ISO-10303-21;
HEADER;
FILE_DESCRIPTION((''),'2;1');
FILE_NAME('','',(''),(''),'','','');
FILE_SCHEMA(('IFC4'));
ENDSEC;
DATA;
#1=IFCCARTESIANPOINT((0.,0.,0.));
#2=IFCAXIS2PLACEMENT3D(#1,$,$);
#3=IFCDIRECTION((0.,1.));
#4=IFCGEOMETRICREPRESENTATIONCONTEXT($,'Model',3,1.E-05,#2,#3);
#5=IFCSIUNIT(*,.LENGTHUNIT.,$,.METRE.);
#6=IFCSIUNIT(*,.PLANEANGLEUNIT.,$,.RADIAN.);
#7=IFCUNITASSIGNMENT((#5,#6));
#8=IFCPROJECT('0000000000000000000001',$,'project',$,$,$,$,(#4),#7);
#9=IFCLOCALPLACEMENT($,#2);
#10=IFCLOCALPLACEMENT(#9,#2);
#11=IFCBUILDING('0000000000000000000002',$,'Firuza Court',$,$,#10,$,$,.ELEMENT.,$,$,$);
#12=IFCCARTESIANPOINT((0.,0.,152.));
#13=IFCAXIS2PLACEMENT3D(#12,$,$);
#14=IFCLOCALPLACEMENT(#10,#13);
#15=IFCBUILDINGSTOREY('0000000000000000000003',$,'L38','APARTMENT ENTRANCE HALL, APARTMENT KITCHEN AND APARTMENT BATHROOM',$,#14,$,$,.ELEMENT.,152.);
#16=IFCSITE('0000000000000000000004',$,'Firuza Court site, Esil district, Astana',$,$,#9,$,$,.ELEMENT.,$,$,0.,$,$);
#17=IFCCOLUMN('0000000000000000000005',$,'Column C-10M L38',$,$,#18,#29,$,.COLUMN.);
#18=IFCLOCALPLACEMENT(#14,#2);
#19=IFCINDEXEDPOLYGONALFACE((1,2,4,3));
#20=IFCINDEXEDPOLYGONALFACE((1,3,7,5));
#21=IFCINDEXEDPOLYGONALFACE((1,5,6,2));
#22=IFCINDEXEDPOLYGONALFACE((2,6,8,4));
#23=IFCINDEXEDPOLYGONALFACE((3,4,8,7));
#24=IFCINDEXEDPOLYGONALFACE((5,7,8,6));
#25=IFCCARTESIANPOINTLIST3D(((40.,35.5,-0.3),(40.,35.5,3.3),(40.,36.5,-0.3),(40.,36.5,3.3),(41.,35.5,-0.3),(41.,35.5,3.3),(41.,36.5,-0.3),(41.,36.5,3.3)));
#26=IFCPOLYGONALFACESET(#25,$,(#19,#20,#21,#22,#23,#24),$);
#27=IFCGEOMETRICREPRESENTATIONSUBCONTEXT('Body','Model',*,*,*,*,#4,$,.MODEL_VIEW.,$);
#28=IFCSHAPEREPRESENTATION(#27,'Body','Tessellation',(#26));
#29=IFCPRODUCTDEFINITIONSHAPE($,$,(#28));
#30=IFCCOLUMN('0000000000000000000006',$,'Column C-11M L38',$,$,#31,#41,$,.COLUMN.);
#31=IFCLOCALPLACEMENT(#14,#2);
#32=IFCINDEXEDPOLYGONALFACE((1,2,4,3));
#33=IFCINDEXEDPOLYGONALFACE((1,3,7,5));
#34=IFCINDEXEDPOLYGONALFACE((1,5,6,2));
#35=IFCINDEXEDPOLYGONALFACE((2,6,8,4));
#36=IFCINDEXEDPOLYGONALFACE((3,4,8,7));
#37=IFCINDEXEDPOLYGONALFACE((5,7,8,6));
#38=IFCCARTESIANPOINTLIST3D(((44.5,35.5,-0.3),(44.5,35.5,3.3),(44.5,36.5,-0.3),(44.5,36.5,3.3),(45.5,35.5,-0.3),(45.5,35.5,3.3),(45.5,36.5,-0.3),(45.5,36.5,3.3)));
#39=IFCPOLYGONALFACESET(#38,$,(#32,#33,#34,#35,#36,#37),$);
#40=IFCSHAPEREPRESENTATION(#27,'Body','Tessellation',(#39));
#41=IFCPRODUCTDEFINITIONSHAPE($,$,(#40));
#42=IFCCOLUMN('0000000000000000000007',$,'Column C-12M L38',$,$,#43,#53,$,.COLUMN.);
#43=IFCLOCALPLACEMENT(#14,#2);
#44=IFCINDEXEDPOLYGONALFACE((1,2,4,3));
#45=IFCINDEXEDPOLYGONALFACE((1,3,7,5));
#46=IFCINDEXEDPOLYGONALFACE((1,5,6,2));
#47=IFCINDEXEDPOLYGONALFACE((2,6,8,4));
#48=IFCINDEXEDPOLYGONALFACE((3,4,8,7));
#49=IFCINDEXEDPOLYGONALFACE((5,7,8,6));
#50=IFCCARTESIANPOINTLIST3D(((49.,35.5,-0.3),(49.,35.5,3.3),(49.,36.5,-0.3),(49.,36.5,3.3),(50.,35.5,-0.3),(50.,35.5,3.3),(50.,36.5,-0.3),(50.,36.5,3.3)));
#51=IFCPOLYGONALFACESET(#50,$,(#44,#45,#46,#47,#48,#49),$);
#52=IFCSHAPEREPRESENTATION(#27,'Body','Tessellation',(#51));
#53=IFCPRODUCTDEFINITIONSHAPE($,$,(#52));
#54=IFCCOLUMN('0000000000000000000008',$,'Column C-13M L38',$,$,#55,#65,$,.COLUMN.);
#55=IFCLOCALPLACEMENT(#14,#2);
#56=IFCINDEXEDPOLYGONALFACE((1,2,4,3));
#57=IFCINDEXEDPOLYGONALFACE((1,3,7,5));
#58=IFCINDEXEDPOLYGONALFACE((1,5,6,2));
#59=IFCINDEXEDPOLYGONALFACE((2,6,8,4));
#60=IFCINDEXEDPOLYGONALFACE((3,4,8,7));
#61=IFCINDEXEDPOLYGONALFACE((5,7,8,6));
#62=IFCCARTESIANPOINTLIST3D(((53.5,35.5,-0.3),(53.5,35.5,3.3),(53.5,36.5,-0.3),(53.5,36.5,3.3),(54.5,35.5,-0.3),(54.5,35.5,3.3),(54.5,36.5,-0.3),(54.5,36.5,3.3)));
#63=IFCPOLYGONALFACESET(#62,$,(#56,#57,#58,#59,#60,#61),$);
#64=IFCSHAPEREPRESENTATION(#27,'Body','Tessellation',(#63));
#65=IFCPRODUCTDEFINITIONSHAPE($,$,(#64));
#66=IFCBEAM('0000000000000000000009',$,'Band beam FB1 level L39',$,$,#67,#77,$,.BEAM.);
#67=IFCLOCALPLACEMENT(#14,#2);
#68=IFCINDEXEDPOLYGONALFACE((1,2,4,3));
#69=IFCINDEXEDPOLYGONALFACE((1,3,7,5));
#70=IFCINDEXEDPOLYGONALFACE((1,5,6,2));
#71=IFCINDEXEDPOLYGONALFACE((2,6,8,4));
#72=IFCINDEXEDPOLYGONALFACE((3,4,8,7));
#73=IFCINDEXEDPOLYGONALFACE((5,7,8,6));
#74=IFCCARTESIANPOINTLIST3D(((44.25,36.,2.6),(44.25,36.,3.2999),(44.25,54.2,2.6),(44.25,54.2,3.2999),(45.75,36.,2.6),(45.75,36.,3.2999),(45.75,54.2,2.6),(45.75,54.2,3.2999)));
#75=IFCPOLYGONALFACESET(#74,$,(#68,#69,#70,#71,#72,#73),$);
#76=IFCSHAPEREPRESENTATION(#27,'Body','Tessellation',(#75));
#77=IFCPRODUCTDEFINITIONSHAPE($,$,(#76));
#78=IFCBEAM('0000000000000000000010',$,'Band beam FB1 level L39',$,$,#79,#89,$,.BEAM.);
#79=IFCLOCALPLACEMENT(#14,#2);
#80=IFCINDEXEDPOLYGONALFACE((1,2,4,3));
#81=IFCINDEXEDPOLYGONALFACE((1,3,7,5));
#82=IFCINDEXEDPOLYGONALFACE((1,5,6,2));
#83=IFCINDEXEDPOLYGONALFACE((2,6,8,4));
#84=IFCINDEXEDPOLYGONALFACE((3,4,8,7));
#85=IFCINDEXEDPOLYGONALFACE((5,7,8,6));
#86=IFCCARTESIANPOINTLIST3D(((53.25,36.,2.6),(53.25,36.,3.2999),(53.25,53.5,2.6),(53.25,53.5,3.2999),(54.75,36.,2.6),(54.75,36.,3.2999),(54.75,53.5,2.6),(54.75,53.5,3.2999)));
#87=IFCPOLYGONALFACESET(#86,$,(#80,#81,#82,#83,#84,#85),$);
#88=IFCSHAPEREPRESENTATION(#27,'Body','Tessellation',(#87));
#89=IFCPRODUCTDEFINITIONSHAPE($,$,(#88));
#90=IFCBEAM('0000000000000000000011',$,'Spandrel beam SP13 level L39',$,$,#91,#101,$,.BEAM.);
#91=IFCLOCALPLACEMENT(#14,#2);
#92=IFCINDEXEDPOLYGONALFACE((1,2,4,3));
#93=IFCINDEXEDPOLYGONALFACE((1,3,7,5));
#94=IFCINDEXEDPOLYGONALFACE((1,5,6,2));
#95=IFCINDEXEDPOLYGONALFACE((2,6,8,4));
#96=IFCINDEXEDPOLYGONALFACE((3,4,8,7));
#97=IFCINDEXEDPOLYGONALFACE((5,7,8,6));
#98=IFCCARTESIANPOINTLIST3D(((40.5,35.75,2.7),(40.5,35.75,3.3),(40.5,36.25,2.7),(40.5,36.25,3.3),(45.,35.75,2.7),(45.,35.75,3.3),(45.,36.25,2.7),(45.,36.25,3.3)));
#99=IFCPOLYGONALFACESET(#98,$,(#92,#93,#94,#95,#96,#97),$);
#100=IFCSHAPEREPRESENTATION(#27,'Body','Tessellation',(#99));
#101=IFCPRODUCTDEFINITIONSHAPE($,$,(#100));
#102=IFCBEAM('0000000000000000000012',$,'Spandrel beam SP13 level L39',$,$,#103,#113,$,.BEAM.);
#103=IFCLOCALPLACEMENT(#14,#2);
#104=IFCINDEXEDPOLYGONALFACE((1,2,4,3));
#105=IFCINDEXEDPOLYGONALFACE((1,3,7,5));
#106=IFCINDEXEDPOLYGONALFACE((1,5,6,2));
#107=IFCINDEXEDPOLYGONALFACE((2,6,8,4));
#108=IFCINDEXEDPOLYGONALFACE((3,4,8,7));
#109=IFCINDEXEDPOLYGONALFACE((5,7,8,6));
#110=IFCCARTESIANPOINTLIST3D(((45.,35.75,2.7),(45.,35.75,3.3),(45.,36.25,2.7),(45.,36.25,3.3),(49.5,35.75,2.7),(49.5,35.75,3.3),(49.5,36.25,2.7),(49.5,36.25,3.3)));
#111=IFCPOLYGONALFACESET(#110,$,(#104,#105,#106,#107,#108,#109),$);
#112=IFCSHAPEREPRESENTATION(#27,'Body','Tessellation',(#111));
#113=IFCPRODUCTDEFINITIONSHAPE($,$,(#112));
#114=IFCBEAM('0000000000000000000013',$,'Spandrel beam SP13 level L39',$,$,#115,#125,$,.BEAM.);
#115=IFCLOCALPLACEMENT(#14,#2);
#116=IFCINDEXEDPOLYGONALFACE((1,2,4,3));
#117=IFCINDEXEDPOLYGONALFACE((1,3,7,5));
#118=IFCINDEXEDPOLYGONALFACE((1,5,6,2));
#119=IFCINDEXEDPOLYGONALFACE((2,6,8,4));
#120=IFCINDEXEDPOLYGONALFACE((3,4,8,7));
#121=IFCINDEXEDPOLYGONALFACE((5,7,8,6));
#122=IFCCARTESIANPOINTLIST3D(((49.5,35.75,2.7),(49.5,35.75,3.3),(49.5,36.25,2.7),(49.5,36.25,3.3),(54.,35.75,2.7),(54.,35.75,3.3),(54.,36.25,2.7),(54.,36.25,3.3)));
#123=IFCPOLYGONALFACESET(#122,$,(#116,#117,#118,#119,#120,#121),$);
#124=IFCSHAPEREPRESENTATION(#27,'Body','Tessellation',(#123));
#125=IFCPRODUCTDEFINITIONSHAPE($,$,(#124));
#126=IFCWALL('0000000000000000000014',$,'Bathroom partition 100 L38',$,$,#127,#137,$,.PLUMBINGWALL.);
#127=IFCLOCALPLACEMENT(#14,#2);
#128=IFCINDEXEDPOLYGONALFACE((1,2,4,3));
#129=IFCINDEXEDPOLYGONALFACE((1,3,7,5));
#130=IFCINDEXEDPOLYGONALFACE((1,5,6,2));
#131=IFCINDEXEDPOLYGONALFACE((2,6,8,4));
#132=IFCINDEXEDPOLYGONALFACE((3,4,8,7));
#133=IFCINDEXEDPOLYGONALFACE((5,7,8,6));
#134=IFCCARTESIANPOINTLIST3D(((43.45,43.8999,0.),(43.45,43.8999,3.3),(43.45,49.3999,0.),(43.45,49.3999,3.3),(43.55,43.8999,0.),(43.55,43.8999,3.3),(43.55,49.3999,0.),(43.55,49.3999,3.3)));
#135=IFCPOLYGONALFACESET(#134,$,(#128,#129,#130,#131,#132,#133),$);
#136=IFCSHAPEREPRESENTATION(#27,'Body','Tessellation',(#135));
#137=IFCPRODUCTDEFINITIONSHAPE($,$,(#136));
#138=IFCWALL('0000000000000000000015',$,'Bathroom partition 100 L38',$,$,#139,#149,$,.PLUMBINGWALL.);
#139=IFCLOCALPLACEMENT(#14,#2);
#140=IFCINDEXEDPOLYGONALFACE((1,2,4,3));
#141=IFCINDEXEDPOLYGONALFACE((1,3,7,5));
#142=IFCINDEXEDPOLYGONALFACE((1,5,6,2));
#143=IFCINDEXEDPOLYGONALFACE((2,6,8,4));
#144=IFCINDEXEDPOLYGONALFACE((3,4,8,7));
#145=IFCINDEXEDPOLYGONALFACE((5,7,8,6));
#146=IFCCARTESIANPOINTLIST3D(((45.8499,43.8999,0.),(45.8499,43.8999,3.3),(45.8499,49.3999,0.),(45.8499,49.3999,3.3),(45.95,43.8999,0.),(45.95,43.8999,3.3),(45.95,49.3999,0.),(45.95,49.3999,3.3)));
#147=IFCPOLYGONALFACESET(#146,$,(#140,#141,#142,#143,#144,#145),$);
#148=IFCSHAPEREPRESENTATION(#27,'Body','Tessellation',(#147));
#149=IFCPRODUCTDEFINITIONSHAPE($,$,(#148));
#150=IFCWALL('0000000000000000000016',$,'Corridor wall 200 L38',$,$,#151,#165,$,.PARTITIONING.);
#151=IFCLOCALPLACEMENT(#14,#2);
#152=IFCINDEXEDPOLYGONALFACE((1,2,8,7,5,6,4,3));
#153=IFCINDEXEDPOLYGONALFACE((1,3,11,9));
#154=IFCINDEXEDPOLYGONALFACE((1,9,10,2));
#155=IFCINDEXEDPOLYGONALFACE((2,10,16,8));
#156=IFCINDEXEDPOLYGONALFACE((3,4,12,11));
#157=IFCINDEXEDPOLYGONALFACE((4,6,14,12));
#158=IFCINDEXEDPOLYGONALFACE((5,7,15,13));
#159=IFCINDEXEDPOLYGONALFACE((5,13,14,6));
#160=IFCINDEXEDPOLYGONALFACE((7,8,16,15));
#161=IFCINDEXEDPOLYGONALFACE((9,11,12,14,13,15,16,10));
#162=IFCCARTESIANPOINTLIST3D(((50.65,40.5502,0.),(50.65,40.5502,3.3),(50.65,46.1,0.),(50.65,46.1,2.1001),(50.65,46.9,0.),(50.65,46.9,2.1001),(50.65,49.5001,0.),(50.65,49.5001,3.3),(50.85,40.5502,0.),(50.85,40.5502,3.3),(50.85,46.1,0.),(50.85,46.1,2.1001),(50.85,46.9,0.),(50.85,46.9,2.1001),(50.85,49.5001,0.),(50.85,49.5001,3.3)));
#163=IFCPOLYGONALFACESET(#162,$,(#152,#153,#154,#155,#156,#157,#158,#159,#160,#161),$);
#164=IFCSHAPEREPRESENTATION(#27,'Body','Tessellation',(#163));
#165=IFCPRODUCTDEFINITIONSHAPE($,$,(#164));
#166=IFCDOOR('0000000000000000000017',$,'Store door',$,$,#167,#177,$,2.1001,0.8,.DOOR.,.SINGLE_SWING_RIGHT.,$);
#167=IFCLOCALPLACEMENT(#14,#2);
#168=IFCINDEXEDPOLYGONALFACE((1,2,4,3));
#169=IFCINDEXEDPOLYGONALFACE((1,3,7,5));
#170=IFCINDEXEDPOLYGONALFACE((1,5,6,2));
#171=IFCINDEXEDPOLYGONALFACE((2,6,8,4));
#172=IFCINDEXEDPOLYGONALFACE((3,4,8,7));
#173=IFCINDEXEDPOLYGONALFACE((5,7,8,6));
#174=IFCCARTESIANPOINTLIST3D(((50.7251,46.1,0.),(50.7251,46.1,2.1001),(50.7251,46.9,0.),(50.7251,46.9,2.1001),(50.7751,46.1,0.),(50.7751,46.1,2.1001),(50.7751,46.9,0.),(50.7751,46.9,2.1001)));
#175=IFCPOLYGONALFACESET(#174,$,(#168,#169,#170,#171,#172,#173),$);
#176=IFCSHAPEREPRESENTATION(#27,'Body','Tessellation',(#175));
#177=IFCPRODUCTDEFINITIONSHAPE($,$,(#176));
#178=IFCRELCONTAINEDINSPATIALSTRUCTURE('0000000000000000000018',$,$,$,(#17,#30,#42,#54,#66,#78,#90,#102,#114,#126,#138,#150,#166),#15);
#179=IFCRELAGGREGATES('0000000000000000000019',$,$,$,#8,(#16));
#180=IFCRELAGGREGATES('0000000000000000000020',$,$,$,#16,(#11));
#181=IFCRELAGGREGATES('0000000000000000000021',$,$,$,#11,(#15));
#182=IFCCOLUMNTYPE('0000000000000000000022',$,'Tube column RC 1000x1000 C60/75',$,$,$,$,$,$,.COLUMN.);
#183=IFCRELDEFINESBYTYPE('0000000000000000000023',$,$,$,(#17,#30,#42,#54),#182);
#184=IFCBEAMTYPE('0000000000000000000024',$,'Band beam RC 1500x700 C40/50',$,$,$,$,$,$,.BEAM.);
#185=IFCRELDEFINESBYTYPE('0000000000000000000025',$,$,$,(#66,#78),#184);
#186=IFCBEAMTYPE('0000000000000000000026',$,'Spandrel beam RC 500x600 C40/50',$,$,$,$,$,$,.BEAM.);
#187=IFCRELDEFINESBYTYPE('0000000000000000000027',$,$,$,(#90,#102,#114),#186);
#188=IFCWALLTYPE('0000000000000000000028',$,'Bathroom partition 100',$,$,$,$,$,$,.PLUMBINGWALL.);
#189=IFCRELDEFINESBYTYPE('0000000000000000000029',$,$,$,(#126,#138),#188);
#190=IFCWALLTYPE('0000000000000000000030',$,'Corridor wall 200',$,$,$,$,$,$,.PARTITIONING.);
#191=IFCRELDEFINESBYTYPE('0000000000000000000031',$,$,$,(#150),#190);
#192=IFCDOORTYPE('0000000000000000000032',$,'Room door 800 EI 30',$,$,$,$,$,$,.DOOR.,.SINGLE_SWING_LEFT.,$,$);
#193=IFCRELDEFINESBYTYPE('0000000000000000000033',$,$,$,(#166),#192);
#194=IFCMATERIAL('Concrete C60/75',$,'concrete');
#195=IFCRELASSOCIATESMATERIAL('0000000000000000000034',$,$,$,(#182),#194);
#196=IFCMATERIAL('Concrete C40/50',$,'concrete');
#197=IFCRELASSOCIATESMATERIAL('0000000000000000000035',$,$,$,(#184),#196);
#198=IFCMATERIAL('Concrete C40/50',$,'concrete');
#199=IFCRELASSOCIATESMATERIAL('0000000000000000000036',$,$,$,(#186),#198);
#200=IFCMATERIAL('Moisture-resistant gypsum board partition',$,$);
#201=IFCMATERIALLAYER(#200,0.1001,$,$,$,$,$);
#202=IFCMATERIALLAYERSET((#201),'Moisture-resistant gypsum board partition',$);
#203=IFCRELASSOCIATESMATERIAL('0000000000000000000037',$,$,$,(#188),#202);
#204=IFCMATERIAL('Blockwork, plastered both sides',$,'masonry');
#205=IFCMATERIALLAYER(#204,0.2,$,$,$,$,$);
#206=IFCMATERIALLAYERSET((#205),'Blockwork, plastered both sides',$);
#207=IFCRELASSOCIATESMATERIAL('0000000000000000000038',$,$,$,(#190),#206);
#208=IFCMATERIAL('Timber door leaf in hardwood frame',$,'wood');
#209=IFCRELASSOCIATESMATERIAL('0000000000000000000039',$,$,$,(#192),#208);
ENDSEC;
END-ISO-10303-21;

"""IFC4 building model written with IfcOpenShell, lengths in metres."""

from ifc_helpers import new_model, si_unit, direction, frame, frame_2d, origin, origin_2d, place, context, subcontext, project, spatial, rectangle, extrude, material, layer, layer_set, material_profile, profile_set, type_object, element, fill, save


model = new_model("IFC4")

# Units and contexts
model_context = context("Model", 3, precision=1e-05, world=origin(), true_north=direction((0.0, 1.0)))
body_context = subcontext(model_context, "Body", "Model", "MODEL_VIEW")
ifc_project = project(units=[si_unit("LENGTHUNIT", "METRE"), si_unit("PLANEANGLEUNIT", "RADIAN")], contexts=[model_context])

# Site, building, storey
site_placement = place(None, origin())
site = spatial("IfcSite", under=ifc_project, at=site_placement, Name="Firuza Court site, Esil district, Astana", CompositionType="ELEMENT", RefElevation=0.0)
building_placement = place(site_placement, origin())
building = spatial("IfcBuilding", under=site, at=building_placement, Name="Firuza Court", CompositionType="ELEMENT")
storey_placement = place(building_placement, frame((0.0, 0.0, 152.0)))
storey = spatial("IfcBuildingStorey", under=building, at=storey_placement, Name="L38", Description="APARTMENT ENTRANCE HALL, APARTMENT KITCHEN AND APARTMENT BATHROOM", CompositionType="ELEMENT", Elevation=152.0)

# Columns
ifc_material_1 = material(Name="Concrete C60/75", Category="concrete")
ifc_material_profile_1 = material_profile(ifc_material_1, rectangle(XDim=1.0, YDim=1.0, at=origin_2d()), Name="RC 1000x1000")
ifc_profile_set_1 = profile_set([ifc_material_profile_1], Name="Concrete C60/75")
column_type = type_object("IfcColumnType", Name="Tube column RC 1000x1000 C60/75", PredefinedType="COLUMN", material=ifc_profile_set_1)
for number, where, z_axis, x_axis, name in (
    (1, (40.5, 36.0, -0.3), (0.0, 0.0, 1.0), (1.0, 0.0, 0.0), "Column C-10M L38"),
    (2, (45.0, 36.0, -0.3), (0.0, 0.0, 1.0), (1.0, 0.0, 0.0), "Column C-11M L38"),
    (3, (49.5, 36.0, -0.3), (0.0, 0.0, 1.0), (1.0, 0.0, 0.0), "Column C-12M L38"),
    (4, (54.0, 36.0, -0.3), (0.0, 0.0, 1.0), (1.0, 0.0, 0.0), "Column C-13M L38"),
):
    element("IfcColumn", number, at=place(storey_placement, frame(where, z_axis=z_axis, x_axis=x_axis)), inside=storey, type_object=column_type, Name=name, PredefinedType="COLUMN", context=body_context, shape_type="SweptSolid", body=[
        extrude(rectangle(XDim=1.0, YDim=1.0, at=origin_2d()), origin(), (0.0, 0.0, 1.0), 3.6001),
    ])

# Beams
ifc_material_2 = material(Name="Concrete C40/50", Category="concrete")
ifc_material_profile_2 = material_profile(ifc_material_2, rectangle(XDim=1.5, YDim=0.7, at=origin_2d()), Name="RC 1500x700")
ifc_profile_set_2 = profile_set([ifc_material_profile_2], Name="Concrete C40/50")
beam_type_1 = type_object("IfcBeamType", Name="Band beam RC 1500x700 C40/50", PredefinedType="BEAM", material=ifc_profile_set_2)
beam_1_placement = place(storey_placement, frame((45.0, 36.0, 2.95), z_axis=(0.0, 1.0, 0.0), x_axis=(-1.0, 0.0, 0.0)))
element("IfcBeam", 5, at=beam_1_placement, inside=storey, type_object=beam_type_1, Name="Band beam FB1 level L39", PredefinedType="BEAM", context=body_context, shape_type="SweptSolid", body=[
    extrude(rectangle(XDim=1.5, YDim=0.7, at=origin_2d()), origin(), (0.0, 0.0, 1.0), 18.2),
])
beam_2_placement = place(storey_placement, frame((54.0, 36.0, 2.95), z_axis=(0.0, 1.0, 0.0), x_axis=(-1.0, 0.0, 0.0)))
element("IfcBeam", 6, at=beam_2_placement, inside=storey, type_object=beam_type_1, Name="Band beam FB1 level L39", PredefinedType="BEAM", context=body_context, shape_type="SweptSolid", body=[
    extrude(rectangle(XDim=1.5, YDim=0.7, at=origin_2d()), origin(), (0.0, 0.0, 1.0), 17.5),
])
ifc_material_3 = material(Name="Concrete C40/50", Category="concrete")
ifc_material_profile_3 = material_profile(ifc_material_3, rectangle(XDim=0.5, YDim=0.6001, at=origin_2d()), Name="RC 500x600")
ifc_profile_set_3 = profile_set([ifc_material_profile_3], Name="Concrete C40/50")
beam_type_2 = type_object("IfcBeamType", Name="Spandrel beam RC 500x600 C40/50", PredefinedType="BEAM", material=ifc_profile_set_3)
for number, where, z_axis, x_axis, name in (
    (7, (40.5, 36.0, 3.0), (1.0, 0.0, 0.0), (0.0, 1.0, 0.0), "Spandrel beam SP13 level L39"),
    (8, (45.0, 36.0, 3.0), (1.0, 0.0, 0.0), (0.0, 1.0, 0.0), "Spandrel beam SP13 level L39"),
    (9, (49.5, 36.0, 3.0), (1.0, 0.0, 0.0), (0.0, 1.0, 0.0), "Spandrel beam SP13 level L39"),
):
    element("IfcBeam", number, at=place(storey_placement, frame(where, z_axis=z_axis, x_axis=x_axis)), inside=storey, type_object=beam_type_2, Name=name, PredefinedType="BEAM", context=body_context, shape_type="SweptSolid", body=[
        extrude(rectangle(XDim=0.5, YDim=0.6001, at=origin_2d()), origin(), (0.0, 0.0, 1.0), 4.5),
    ])

# Walls
ifc_material_4 = material(Name="Moisture-resistant gypsum board partition")
ifc_layer_1 = layer(ifc_material_4, 0.1001)
ifc_layer_set_1 = layer_set([ifc_layer_1], Name="Moisture-resistant gypsum board partition")
wall_type_1 = type_object("IfcWallType", Name="Bathroom partition 100", PredefinedType="PLUMBINGWALL", material=ifc_layer_set_1)
for number, where, z_axis, x_axis, name in (
    (10, (43.5, 43.8999, 0.0), (0.0, 0.0, 1.0), (0.0, 1.0, 0.0), "Bathroom partition 100 L38"),
    (11, (45.8999, 43.8999, 0.0), (0.0, 0.0, 1.0), (0.0, 1.0, 0.0), "Bathroom partition 100 L38"),
):
    element("IfcWall", number, at=place(storey_placement, frame(where, z_axis=z_axis, x_axis=x_axis)), inside=storey, type_object=wall_type_1, Name=name, PredefinedType="PLUMBINGWALL", context=body_context, shape_type="SweptSolid", body=[
        extrude(rectangle(XDim=5.5, YDim=0.1001, at=frame_2d((2.75, 0.0))), origin(), (0.0, 0.0, 1.0), 3.3),
    ])

# Wall, opening, door
ifc_material_5 = material(Name="Blockwork, plastered both sides", Category="masonry")
ifc_layer_2 = layer(ifc_material_5, 0.2)
ifc_layer_set_2 = layer_set([ifc_layer_2], Name="Blockwork, plastered both sides")
wall_type_2 = type_object("IfcWallType", Name="Corridor wall 200", PredefinedType="PARTITIONING", material=ifc_layer_set_2)
wall_1_placement = place(storey_placement, frame((50.75, 40.55, 0.0), z_axis=(0.0, 0.0, 1.0), x_axis=(0.0, 1.0, 0.0)))
wall_1 = element("IfcWall", 12, at=wall_1_placement, inside=storey, type_object=wall_type_2, Name="Corridor wall 200 L38", PredefinedType="PARTITIONING", context=body_context, shape_type="SweptSolid", body=[
    extrude(rectangle(XDim=8.95, YDim=0.2, at=frame_2d((4.4751, 0.0))), origin(), (0.0, 0.0, 1.0), 3.3),
])
opening_1_placement = place(wall_1_placement, frame((5.55, 0.0, 0.0)))
opening_1 = element("IfcOpeningElement", 13, at=opening_1_placement, cuts=wall_1, PredefinedType="OPENING", context=body_context, shape_type="SweptSolid", body=[
    extrude(rectangle(XDim=0.8, YDim=2.1001, at=frame_2d((0.3999, 1.05))), frame((0.0, 0.1118, 0.0), z_axis=(0.0, -1.0, 0.0), x_axis=(1.0, 0.0, 0.0)), (0.0, 0.0, 1.0), 0.2239),
])
ifc_material_6 = material(Name="Timber door leaf in hardwood frame", Category="wood")
door_type_1 = type_object("IfcDoorType", Name="Room door 800 EI 30", OperationType="SINGLE_SWING_LEFT", PredefinedType="DOOR", material=ifc_material_6)
door_1_placement = place(opening_1_placement, origin())
door_1 = element("IfcDoor", 14, at=door_1_placement, inside=storey, type_object=door_type_1, Name="Store door", OperationType="SINGLE_SWING_RIGHT", OverallHeight=2.1001, OverallWidth=0.8, PredefinedType="DOOR", context=body_context, shape_type="SweptSolid", body=[
    extrude(rectangle(XDim=0.8, YDim=2.1001, at=frame_2d((0.3999, 1.05))), frame((0.0, 0.0249, 0.0), z_axis=(0.0, -1.0, 0.0), x_axis=(1.0, 0.0, 0.0)), (0.0, 0.0, 1.0), 0.05),
])
fill(opening_1, door_1)

save(model, "model.ifc")
